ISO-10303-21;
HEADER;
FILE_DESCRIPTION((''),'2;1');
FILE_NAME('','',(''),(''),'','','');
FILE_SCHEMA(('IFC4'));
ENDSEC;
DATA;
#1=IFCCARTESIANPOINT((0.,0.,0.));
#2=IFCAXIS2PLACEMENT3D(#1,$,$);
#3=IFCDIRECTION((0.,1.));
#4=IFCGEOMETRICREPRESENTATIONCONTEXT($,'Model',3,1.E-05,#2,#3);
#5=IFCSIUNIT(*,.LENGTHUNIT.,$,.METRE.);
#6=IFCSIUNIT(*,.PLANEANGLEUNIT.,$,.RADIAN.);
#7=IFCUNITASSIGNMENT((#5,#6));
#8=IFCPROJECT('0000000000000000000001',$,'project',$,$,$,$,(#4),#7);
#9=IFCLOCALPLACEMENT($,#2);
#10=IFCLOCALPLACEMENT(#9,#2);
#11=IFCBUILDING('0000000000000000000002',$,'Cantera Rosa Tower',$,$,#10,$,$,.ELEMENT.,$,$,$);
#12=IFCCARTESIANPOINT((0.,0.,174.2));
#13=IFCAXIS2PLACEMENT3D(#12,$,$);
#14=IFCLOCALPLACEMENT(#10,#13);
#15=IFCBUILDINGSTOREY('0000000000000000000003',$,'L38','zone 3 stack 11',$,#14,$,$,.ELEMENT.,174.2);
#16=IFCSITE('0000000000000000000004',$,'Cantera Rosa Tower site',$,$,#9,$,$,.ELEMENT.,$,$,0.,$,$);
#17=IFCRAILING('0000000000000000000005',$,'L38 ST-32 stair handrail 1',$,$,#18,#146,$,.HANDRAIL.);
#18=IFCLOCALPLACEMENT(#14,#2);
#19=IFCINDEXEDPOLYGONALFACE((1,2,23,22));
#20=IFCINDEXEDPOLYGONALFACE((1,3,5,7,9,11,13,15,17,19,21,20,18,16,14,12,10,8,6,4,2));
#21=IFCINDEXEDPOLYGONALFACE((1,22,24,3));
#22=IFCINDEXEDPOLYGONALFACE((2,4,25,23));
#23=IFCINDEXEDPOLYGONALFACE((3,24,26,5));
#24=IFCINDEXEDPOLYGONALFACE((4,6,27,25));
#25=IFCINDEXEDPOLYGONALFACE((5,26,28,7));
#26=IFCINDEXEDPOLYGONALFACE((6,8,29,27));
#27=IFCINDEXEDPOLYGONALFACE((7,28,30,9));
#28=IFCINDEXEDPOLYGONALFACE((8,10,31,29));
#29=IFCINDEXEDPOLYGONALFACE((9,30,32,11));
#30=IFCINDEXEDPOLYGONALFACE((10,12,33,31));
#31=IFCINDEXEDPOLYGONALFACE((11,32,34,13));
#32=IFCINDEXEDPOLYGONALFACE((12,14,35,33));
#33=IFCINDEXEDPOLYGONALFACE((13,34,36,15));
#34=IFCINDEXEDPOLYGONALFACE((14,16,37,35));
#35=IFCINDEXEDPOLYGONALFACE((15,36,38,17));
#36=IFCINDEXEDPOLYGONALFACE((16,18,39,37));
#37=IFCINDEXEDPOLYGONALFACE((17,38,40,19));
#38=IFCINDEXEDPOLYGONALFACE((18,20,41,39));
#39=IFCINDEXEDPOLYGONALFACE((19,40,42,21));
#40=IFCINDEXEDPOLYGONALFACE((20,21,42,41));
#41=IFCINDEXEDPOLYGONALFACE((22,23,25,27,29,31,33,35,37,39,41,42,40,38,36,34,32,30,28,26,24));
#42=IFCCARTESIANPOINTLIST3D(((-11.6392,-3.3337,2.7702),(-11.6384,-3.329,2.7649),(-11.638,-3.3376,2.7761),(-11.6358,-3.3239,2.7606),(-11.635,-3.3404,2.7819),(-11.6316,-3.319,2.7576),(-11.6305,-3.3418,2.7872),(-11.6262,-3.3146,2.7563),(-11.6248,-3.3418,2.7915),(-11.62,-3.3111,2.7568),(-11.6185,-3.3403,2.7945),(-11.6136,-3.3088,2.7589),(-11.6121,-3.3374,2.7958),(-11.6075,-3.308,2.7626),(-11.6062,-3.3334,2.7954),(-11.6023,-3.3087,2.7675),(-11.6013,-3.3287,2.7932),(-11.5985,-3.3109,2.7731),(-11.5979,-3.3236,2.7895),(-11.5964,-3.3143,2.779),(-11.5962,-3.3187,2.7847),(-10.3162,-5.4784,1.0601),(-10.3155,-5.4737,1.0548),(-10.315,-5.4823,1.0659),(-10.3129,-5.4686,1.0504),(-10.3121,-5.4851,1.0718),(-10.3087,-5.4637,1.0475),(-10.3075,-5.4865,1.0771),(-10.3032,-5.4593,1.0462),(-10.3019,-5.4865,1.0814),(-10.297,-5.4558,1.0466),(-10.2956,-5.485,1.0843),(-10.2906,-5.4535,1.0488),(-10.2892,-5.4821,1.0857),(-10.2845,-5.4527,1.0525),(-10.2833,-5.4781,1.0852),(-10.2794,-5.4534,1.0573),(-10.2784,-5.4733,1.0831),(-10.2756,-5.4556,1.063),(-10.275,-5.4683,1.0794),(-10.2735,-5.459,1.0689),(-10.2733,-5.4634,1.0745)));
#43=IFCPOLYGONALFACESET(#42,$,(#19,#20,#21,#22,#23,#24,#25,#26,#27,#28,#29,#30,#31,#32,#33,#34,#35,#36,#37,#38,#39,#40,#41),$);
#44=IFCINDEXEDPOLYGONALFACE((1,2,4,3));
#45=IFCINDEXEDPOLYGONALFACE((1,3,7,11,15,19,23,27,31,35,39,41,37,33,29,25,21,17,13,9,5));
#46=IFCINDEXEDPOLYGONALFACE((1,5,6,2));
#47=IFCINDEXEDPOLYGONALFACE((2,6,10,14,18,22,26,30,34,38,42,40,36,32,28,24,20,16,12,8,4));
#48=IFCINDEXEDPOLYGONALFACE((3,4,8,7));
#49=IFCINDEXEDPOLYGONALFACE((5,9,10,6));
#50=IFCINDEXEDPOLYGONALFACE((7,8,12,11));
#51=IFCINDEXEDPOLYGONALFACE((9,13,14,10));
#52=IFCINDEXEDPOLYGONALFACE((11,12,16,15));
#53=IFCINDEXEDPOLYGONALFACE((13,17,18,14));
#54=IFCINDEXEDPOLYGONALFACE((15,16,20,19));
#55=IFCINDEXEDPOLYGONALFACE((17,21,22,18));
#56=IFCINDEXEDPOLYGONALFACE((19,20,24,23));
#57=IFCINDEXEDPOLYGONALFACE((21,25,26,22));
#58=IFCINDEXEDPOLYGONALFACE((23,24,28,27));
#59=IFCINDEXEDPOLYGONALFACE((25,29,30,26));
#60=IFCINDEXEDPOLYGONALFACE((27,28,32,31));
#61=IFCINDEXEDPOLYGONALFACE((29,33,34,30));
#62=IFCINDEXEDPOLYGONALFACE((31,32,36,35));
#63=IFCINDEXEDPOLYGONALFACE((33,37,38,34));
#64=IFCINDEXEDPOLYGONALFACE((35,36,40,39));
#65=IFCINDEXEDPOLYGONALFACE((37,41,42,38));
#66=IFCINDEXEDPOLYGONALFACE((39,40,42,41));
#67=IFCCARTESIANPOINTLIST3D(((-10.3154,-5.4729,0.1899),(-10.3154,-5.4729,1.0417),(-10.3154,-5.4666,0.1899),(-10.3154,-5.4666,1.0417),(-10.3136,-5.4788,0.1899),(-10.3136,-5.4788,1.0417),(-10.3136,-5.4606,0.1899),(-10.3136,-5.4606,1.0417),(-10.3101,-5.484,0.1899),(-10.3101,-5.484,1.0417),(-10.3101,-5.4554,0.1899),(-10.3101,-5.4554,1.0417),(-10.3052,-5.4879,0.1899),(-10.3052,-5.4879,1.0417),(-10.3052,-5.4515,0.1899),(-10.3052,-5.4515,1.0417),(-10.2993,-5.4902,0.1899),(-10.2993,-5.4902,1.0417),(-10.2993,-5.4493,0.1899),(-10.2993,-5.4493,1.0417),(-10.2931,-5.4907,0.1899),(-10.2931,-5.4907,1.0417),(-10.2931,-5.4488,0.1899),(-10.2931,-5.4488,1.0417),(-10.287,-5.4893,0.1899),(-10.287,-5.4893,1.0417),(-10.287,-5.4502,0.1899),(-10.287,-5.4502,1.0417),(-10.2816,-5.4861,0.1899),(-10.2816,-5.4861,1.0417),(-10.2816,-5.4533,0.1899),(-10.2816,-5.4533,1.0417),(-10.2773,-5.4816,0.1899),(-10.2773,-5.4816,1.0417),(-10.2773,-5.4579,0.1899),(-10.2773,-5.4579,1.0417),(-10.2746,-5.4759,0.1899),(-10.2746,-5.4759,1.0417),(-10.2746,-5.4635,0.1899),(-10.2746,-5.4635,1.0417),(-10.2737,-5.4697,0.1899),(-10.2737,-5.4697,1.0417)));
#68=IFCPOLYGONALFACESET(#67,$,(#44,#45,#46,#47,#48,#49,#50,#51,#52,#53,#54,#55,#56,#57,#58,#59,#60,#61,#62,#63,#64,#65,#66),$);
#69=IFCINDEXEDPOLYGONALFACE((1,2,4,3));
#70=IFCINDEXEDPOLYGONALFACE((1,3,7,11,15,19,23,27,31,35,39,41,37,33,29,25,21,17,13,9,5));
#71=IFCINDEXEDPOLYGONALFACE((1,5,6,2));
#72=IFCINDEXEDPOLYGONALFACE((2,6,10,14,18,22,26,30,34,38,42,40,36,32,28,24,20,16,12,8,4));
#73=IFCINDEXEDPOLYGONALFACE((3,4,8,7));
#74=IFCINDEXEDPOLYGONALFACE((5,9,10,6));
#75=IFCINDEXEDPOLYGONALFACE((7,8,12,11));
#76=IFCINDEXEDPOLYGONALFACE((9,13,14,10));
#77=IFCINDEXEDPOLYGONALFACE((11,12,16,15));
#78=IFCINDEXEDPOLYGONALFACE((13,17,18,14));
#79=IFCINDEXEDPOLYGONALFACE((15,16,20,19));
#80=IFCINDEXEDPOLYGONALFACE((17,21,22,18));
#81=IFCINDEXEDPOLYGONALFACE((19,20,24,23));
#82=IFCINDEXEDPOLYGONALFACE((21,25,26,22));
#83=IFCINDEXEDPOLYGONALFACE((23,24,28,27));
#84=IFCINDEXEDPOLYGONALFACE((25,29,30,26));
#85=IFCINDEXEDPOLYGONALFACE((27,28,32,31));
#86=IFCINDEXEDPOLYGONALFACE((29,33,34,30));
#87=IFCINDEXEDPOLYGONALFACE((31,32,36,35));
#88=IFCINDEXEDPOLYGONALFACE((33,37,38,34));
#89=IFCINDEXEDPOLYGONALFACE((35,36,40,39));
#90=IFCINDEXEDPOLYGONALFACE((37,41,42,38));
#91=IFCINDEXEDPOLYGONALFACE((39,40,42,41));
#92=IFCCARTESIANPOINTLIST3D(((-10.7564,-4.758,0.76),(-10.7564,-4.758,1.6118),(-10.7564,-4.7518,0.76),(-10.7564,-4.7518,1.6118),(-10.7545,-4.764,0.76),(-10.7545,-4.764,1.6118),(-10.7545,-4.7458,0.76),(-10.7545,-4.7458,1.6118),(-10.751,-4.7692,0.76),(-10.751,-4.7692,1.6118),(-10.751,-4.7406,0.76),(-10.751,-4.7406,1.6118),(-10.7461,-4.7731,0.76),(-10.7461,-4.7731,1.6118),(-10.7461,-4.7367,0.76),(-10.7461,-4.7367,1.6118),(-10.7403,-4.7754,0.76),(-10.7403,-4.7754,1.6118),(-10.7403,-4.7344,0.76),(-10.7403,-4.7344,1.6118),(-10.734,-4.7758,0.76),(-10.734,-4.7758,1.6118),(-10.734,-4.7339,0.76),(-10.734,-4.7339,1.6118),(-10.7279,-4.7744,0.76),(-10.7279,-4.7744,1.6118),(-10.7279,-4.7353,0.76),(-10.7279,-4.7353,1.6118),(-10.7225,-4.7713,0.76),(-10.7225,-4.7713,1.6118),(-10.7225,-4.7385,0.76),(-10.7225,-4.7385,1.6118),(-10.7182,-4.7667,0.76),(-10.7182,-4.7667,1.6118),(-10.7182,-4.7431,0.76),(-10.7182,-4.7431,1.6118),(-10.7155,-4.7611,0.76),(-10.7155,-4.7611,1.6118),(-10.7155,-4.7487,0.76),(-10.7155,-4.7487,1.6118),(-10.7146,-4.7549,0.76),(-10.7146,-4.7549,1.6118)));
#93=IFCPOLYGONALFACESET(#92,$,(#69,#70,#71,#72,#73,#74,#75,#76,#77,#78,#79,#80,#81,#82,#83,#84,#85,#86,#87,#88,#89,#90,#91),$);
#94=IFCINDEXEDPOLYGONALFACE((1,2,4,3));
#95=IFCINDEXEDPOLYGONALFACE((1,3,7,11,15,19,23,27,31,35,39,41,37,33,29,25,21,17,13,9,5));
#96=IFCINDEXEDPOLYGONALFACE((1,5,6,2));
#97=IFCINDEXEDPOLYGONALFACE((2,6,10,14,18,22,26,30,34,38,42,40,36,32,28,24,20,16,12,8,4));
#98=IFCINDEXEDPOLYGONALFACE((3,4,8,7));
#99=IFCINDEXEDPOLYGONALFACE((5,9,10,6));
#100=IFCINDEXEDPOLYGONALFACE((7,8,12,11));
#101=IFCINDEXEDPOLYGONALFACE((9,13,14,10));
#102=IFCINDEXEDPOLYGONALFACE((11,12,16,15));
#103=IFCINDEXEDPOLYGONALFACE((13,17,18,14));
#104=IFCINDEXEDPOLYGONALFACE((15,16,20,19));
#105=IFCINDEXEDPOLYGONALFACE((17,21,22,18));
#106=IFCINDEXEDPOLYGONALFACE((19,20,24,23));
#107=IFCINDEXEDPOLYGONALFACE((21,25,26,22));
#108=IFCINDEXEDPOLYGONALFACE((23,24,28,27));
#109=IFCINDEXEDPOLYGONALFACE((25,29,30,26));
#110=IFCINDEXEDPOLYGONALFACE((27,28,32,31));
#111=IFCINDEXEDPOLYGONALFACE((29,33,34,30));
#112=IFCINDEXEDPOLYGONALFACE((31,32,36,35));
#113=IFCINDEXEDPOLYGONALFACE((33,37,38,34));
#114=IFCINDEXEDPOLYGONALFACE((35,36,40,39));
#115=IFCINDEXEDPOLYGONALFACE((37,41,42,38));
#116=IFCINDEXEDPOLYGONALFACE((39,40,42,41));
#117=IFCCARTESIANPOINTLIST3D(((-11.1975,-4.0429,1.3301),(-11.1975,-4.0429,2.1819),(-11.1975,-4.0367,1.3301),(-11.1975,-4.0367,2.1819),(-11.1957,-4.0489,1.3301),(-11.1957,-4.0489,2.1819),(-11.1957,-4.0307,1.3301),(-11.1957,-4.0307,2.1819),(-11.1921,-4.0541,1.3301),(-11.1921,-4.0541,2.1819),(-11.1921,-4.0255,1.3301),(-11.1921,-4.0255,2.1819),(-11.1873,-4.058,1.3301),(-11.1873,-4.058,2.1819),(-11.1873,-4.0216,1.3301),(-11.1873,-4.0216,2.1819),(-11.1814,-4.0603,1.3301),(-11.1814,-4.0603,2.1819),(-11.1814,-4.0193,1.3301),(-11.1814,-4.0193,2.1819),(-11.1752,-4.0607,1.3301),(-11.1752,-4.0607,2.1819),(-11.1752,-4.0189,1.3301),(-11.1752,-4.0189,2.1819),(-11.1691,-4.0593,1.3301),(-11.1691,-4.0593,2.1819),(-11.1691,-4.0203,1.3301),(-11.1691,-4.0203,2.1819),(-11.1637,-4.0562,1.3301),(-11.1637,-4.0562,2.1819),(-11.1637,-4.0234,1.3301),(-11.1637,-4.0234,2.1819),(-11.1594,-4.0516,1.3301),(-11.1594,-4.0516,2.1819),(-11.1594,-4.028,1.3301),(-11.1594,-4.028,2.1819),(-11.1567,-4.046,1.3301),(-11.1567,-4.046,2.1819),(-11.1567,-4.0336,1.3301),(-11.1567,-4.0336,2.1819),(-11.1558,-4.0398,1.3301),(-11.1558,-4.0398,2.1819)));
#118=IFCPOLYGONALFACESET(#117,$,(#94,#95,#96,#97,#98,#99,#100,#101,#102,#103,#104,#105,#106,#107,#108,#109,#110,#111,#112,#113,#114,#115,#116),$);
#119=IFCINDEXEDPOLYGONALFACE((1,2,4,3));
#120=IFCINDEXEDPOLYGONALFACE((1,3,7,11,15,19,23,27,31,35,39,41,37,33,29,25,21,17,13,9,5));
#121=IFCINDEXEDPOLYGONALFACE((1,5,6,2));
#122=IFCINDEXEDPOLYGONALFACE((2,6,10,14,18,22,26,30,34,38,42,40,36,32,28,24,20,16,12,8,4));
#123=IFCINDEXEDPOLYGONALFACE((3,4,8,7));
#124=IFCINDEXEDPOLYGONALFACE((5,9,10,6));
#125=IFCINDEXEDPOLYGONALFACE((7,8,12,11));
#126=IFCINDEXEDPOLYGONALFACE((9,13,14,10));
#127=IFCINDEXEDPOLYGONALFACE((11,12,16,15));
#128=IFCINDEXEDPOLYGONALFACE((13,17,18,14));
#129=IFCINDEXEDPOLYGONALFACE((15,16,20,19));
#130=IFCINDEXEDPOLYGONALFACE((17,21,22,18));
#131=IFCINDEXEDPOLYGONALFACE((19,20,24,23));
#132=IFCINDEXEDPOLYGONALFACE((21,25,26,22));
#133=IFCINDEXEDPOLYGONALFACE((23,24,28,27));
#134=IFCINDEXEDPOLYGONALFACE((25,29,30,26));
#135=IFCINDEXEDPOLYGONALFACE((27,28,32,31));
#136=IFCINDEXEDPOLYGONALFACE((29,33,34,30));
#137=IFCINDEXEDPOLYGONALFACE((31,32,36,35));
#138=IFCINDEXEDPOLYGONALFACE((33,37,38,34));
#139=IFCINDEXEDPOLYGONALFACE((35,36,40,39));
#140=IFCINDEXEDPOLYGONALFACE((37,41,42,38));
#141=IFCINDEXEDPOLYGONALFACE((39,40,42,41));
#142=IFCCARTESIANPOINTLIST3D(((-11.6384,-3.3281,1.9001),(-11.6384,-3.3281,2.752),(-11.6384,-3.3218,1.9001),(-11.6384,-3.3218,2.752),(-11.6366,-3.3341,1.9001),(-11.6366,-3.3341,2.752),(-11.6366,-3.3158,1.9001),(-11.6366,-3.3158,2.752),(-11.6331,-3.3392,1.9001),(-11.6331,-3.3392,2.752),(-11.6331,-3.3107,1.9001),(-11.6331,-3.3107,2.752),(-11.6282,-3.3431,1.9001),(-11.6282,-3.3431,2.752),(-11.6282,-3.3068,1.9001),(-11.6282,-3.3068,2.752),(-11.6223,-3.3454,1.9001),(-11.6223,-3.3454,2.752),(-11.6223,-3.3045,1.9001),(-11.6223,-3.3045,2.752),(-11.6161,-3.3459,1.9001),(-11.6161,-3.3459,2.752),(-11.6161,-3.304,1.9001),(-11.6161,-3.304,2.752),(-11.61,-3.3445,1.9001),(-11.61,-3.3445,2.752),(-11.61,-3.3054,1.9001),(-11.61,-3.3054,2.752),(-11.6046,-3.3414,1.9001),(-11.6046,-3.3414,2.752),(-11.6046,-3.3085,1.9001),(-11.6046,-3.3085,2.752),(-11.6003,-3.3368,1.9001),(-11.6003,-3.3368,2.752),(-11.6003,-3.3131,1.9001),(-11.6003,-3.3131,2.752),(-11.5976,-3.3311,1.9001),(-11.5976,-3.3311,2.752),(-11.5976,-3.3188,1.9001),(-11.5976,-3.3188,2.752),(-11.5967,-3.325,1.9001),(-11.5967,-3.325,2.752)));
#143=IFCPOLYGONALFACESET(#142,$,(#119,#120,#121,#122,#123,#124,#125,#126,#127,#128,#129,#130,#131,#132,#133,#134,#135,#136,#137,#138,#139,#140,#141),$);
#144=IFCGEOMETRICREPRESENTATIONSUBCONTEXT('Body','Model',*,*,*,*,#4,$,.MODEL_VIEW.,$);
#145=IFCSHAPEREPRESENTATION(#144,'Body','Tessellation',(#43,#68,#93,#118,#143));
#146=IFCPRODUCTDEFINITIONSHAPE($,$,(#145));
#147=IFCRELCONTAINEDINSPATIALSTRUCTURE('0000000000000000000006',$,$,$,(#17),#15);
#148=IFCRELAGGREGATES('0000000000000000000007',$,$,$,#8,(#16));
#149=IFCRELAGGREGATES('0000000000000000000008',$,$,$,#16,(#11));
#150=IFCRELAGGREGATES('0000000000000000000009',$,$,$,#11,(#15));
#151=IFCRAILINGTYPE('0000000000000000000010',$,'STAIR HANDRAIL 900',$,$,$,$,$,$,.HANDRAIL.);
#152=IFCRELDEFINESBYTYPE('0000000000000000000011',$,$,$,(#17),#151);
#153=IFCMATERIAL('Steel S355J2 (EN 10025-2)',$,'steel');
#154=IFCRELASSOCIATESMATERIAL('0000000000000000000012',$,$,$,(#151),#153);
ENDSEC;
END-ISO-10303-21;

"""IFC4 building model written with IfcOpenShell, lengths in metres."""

from ifc_helpers import new_model, si_unit, direction, frame, origin, origin_2d, place, context, subcontext, project, spatial, circle, extrude, material, type_object, element, save


model = new_model("IFC4")

# Units and contexts
model_context = context("Model", 3, precision=1e-05, world=origin(), true_north=direction((0.0, 1.0)))
body_context = subcontext(model_context, "Body", "Model", "MODEL_VIEW")
ifc_project = project(units=[si_unit("LENGTHUNIT", "METRE"), si_unit("PLANEANGLEUNIT", "RADIAN")], contexts=[model_context])

# Site, building, storey
site_placement = place(None, origin())
site = spatial("IfcSite", under=ifc_project, at=site_placement, Name="Cantera Rosa Tower site", CompositionType="ELEMENT", RefElevation=0.0)
building_placement = place(site_placement, origin())
building = spatial("IfcBuilding", under=site, at=building_placement, Name="Cantera Rosa Tower", CompositionType="ELEMENT")
storey_placement = place(building_placement, frame((0.0, 0.0, 174.2)))
storey = spatial("IfcBuildingStorey", under=building, at=storey_placement, Name="L38", Description="zone 3 stack 11", CompositionType="ELEMENT", Elevation=174.2)

# Railing
ifc_material_1 = material(Name="Steel S355J2 (EN 10025-2)", Category="steel")
railing_type_1 = type_object("IfcRailingType", Name="STAIR HANDRAIL 900", PredefinedType="HANDRAIL", material=ifc_material_1)
railing_1_placement = place(storey_placement, frame((-10.2947, -5.4697, 0.1899)))
element("IfcRailing", 1, at=railing_1_placement, inside=storey, type_object=railing_type_1, Name="L38 ST-32 stair handrail 1", PredefinedType="HANDRAIL", context=body_context, shape_type="SweptSolid", body=[
    extrude(circle(Radius=0.0239, at=origin_2d()), frame((0.0, 0.0, 0.876), z_axis=(-0.434408, 0.70424, 0.561548), x_axis=(-0.851102, -0.525, 0.0)), (0.0, 0.0, 1.0), 3.0454),
    extrude(circle(Radius=0.021, at=origin_2d()), origin(), (0.0, 0.0, 1.0), 0.8518),
    extrude(circle(Radius=0.021, at=origin_2d()), frame((-0.4409, 0.7148, 0.5701)), (0.0, 0.0, 1.0), 0.8518),
    extrude(circle(Radius=0.021, at=origin_2d()), frame((-0.8821, 1.4299, 1.1401)), (0.0, 0.0, 1.0), 0.8518),
    extrude(circle(Radius=0.021, at=origin_2d()), frame((-1.323, 2.1448, 1.7102)), (0.0, 0.0, 1.0), 0.8518),
])

save(model, "model.ifc")
